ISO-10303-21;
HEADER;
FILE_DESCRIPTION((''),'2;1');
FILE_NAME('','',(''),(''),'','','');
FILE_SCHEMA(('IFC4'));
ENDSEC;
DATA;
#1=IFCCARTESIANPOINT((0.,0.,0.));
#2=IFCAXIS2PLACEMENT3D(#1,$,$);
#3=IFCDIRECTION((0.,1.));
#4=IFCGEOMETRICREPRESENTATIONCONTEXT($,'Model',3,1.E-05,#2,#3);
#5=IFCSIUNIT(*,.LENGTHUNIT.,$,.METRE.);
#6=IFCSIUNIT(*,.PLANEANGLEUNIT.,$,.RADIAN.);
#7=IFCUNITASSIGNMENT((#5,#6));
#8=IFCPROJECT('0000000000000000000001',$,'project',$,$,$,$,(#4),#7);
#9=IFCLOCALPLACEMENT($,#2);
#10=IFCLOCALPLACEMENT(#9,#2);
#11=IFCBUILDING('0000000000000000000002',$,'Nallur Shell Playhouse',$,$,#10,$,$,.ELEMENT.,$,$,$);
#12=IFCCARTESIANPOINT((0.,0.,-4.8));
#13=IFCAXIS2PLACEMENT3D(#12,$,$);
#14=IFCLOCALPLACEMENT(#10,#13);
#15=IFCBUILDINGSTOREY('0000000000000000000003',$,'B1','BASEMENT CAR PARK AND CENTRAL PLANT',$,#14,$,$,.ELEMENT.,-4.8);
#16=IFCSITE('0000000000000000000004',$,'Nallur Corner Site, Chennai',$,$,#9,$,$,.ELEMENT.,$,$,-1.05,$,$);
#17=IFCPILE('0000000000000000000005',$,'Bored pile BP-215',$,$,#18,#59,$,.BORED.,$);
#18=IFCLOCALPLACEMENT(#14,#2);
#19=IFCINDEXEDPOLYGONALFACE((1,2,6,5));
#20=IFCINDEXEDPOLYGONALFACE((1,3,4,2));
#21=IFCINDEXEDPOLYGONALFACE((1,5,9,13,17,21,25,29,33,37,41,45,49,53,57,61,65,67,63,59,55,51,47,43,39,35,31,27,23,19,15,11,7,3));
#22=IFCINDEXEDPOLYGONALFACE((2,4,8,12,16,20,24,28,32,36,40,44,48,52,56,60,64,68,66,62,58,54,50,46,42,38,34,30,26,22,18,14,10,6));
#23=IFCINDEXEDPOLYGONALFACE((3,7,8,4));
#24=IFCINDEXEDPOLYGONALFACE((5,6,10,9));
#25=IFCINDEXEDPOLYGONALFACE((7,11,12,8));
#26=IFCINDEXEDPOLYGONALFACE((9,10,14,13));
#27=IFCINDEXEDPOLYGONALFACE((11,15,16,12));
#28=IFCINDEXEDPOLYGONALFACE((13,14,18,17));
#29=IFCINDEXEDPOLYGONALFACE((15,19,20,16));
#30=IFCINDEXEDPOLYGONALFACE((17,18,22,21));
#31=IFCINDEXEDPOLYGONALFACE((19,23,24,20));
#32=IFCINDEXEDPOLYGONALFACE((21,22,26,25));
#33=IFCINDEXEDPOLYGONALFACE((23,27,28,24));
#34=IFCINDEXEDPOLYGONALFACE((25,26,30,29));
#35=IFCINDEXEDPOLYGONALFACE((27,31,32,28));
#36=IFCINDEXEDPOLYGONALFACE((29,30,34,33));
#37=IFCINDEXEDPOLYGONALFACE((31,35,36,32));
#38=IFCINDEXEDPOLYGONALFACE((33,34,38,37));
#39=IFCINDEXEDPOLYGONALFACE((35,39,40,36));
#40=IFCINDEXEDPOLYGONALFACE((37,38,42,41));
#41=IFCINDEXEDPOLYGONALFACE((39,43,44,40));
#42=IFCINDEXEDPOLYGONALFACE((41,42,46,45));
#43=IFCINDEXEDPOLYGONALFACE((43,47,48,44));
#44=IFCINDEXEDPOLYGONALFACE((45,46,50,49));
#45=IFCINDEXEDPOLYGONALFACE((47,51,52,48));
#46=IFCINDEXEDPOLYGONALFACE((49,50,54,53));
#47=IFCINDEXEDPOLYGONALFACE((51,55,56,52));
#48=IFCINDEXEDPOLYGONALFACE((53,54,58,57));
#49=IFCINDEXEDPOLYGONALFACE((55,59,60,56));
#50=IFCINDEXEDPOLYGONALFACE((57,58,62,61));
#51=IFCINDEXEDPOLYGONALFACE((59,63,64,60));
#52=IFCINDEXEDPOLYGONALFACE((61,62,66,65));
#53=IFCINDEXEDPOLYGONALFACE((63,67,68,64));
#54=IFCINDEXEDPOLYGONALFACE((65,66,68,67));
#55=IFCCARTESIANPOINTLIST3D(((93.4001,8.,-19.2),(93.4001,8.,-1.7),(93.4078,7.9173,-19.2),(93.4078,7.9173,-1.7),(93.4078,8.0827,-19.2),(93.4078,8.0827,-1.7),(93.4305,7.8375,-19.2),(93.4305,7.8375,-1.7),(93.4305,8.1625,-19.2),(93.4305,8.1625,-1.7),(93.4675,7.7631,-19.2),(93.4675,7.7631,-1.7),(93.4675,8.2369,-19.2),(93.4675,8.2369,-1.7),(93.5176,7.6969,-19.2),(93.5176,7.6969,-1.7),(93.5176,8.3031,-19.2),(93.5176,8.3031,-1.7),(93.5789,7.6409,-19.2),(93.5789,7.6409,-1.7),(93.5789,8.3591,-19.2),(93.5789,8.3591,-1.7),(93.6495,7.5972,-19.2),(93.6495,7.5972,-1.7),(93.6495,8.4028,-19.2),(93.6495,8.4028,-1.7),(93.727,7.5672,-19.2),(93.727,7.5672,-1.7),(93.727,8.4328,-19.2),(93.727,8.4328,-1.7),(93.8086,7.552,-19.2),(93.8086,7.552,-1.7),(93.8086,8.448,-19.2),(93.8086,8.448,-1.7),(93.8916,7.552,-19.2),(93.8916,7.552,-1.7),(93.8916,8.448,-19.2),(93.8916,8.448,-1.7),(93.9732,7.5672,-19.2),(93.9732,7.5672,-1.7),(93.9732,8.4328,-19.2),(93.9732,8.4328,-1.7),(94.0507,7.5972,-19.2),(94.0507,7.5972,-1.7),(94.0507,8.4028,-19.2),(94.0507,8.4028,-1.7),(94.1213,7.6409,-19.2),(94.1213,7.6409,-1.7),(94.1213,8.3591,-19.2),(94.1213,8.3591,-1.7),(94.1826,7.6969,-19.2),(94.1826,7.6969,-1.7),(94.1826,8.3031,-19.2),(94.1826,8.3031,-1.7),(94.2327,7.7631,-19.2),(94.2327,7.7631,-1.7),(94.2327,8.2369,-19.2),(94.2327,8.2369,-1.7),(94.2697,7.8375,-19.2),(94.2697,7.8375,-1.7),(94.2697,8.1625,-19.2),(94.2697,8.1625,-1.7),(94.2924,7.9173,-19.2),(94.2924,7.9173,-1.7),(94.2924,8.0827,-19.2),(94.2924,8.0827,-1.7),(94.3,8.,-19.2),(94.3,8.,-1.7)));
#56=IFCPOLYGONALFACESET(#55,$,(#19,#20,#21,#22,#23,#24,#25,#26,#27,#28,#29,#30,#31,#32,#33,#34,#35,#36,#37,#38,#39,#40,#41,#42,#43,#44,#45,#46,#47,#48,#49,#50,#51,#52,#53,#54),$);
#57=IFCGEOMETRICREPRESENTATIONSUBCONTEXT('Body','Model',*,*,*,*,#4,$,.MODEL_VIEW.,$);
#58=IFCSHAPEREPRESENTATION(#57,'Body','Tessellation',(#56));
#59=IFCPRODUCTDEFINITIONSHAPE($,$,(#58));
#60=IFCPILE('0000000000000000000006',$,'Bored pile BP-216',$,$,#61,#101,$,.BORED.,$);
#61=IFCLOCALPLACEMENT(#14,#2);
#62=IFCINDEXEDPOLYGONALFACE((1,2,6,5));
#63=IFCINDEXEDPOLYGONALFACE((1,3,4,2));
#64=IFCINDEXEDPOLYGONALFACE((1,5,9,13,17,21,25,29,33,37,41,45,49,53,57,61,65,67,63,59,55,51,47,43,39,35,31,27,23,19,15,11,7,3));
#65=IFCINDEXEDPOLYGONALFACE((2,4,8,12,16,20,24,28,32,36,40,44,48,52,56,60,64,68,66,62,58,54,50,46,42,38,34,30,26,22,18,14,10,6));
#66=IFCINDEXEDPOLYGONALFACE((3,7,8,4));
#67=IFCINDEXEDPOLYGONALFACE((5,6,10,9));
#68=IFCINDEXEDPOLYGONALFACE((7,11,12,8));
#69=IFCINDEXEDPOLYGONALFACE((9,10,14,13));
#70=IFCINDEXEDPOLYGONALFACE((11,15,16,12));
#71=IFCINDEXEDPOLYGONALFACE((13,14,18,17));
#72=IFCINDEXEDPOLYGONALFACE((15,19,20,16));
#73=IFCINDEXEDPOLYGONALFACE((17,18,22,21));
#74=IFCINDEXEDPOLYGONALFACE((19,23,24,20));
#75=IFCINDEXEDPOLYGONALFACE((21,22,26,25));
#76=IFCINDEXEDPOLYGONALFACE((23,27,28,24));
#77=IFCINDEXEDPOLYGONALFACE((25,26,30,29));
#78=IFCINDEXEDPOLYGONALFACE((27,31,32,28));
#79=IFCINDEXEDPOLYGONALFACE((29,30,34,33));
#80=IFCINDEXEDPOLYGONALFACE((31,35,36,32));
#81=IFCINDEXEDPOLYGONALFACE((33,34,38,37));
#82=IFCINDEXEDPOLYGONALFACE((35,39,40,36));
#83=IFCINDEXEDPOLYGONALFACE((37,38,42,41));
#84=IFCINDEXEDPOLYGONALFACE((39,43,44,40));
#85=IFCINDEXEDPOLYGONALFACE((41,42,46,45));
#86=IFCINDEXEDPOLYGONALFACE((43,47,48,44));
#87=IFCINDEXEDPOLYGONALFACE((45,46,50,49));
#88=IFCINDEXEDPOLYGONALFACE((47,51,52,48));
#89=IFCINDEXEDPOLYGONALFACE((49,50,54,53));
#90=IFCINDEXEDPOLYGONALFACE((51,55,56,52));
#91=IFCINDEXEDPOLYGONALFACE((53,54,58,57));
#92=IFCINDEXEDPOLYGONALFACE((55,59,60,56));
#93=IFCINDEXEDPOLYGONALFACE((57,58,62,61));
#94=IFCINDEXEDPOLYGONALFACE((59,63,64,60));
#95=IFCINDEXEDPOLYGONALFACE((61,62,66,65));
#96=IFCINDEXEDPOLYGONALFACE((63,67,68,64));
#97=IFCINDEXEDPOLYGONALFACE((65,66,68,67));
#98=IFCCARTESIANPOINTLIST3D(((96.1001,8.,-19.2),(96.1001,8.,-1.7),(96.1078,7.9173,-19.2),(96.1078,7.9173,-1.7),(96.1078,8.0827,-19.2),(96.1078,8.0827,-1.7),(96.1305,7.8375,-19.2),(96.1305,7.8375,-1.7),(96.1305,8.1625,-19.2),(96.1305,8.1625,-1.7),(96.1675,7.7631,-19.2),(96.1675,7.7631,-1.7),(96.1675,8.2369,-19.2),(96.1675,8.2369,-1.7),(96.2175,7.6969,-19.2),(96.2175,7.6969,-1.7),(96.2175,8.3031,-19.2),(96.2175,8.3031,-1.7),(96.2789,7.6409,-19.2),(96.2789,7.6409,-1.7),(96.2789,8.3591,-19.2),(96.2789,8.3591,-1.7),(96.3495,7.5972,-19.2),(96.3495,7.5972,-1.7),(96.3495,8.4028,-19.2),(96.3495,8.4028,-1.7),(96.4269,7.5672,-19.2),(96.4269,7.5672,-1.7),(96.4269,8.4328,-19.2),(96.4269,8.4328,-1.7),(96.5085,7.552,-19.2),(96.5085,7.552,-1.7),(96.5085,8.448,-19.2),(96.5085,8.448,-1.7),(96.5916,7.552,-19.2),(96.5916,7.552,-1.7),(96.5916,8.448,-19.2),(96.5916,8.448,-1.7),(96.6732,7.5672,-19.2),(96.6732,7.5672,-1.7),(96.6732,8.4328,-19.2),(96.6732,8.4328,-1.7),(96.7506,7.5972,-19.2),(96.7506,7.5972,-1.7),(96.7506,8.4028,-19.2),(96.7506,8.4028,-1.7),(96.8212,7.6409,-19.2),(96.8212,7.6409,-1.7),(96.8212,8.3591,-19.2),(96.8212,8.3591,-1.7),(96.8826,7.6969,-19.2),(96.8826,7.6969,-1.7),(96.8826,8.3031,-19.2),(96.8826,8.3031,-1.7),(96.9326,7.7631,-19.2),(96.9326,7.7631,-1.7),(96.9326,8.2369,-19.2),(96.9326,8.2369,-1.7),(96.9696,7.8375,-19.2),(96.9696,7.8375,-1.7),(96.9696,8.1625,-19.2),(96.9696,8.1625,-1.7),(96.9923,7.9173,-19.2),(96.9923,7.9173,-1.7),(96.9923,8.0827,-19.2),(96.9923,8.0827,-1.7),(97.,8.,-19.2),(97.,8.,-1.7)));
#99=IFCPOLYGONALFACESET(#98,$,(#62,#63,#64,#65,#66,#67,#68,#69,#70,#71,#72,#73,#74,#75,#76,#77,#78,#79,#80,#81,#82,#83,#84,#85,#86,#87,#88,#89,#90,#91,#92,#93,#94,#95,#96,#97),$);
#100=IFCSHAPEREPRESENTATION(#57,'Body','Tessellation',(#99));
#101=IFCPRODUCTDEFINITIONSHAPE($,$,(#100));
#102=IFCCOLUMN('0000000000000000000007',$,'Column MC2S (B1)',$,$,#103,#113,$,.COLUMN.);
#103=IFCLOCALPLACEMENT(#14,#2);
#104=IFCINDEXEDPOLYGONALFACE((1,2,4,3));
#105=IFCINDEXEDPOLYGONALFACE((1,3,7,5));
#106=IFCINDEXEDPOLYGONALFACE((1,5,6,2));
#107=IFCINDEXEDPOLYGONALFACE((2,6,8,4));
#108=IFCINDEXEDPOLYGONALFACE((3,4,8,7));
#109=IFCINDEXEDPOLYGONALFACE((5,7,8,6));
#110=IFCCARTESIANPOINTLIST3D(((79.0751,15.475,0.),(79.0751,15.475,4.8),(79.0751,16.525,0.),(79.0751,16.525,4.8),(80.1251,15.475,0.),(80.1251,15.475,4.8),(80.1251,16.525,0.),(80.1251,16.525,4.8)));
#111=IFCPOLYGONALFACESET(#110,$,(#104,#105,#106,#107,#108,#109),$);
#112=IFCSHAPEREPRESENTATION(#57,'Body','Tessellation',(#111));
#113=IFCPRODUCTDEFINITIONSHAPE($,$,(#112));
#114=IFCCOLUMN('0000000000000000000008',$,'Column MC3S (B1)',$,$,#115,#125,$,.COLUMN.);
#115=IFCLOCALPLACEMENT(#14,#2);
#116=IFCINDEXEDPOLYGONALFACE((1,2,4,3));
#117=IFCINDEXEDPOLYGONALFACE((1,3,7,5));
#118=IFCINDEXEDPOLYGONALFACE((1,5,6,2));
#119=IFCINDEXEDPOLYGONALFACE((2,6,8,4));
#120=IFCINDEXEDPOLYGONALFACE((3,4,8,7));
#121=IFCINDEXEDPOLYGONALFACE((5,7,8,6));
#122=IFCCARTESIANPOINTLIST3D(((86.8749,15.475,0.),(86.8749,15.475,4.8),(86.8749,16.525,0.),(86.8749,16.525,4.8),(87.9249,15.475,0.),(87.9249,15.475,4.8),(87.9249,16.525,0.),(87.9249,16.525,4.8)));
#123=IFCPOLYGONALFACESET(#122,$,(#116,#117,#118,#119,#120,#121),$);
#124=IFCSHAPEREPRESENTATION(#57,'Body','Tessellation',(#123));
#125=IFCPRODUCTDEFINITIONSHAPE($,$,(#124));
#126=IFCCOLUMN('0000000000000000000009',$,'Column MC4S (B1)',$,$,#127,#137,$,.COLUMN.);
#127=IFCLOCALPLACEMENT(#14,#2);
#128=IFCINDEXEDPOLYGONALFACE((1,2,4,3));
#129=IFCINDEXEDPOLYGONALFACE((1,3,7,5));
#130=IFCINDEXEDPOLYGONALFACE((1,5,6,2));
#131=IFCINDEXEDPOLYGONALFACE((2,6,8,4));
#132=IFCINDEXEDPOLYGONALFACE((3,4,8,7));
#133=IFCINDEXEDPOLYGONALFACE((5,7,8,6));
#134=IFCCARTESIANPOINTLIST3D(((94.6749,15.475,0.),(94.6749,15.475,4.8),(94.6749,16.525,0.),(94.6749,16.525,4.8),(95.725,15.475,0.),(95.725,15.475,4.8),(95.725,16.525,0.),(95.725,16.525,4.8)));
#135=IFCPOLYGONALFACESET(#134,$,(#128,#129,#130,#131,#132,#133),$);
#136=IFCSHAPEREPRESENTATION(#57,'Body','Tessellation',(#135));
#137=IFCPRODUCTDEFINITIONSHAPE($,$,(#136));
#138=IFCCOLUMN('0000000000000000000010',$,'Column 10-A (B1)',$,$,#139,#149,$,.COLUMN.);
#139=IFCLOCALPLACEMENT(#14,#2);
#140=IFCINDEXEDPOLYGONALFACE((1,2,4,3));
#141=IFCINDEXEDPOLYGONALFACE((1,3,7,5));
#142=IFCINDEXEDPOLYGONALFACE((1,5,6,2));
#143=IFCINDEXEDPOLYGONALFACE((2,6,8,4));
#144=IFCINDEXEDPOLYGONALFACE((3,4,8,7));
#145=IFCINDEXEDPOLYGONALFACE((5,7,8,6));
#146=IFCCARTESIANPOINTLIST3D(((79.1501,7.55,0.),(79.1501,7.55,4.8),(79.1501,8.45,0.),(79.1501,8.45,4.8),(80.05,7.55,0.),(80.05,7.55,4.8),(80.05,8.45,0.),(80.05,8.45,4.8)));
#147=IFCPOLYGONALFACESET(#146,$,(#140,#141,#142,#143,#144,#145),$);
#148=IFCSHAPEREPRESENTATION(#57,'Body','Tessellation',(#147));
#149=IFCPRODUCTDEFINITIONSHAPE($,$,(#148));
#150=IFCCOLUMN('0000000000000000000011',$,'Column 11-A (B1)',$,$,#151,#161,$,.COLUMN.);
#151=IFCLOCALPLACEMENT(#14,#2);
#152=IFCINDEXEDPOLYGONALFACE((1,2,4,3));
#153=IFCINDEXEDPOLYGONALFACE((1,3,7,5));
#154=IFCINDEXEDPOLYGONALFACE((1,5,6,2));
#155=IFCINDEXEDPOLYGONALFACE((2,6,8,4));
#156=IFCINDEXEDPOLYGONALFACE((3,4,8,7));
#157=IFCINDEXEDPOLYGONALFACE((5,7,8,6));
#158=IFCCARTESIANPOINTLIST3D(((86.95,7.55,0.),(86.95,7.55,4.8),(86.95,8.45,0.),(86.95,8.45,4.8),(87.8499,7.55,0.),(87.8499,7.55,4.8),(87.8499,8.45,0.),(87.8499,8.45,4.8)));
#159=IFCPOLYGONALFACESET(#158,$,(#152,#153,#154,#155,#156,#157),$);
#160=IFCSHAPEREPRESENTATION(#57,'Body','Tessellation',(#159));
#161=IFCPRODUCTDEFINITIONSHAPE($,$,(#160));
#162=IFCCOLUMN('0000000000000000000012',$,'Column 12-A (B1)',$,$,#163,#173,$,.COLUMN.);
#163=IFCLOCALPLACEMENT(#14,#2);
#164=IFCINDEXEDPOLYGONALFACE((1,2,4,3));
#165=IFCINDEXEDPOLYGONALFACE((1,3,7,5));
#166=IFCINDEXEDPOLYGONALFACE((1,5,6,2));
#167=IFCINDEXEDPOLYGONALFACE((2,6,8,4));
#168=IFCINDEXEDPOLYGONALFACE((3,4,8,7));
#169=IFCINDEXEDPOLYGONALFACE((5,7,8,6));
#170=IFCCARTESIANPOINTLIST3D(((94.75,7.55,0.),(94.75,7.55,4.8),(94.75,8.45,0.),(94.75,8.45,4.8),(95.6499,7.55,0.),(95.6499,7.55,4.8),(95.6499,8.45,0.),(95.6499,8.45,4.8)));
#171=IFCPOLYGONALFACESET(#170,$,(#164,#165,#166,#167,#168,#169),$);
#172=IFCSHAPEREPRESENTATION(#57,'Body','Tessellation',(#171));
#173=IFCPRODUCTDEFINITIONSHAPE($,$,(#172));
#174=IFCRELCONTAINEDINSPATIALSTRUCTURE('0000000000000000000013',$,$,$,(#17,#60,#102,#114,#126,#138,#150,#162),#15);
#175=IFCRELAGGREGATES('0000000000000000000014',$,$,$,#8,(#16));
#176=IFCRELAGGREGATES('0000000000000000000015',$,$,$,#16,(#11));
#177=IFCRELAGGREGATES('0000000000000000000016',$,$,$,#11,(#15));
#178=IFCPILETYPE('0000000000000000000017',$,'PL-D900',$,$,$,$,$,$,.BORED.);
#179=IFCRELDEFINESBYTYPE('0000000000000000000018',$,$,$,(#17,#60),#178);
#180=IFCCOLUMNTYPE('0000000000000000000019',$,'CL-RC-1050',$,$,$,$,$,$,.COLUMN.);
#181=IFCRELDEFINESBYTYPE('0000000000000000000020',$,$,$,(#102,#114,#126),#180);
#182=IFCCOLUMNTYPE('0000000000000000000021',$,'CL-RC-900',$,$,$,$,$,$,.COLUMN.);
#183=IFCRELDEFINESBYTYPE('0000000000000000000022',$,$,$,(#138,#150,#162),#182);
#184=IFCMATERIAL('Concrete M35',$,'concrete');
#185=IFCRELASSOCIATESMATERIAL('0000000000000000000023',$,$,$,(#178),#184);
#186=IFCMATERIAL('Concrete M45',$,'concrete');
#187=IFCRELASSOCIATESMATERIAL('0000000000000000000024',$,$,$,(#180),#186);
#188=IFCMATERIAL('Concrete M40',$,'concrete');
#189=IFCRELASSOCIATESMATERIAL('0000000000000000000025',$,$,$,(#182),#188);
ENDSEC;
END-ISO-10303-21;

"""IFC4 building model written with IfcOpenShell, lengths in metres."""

from ifc_helpers import new_model, si_unit, direction, frame, origin, origin_2d, place, context, subcontext, project, spatial, rectangle, circle, extrude, material, material_profile, profile_set, type_object, element, save


model = new_model("IFC4")

# Units and contexts
model_context = context("Model", 3, precision=1e-05, world=origin(), true_north=direction((0.0, 1.0)))
body_context = subcontext(model_context, "Body", "Model", "MODEL_VIEW")
ifc_project = project(units=[si_unit("LENGTHUNIT", "METRE"), si_unit("PLANEANGLEUNIT", "RADIAN")], contexts=[model_context])

# Site, building, storey
site_placement = place(None, origin())
site = spatial("IfcSite", under=ifc_project, at=site_placement, Name="Nallur Corner Site, Chennai", CompositionType="ELEMENT", RefElevation=-1.05)
building_placement = place(site_placement, origin())
building = spatial("IfcBuilding", under=site, at=building_placement, Name="Nallur Shell Playhouse", CompositionType="ELEMENT")
storey_placement = place(building_placement, frame((0.0, 0.0, -4.8)))
storey = spatial("IfcBuildingStorey", under=building, at=storey_placement, Name="B1", Description="BASEMENT CAR PARK AND CENTRAL PLANT", CompositionType="ELEMENT", Elevation=-4.8)

# Shared definitions
ifc_material_1 = material(Name="Concrete M35", Category="concrete")

# Piles
ifc_material_profile_1 = material_profile(ifc_material_1, circle(Radius=0.45, at=origin_2d()), Name="BORED PILE D900")
ifc_profile_set_1 = profile_set([ifc_material_profile_1], Name="Concrete M35")
pile_type_1 = type_object("IfcPileType", Name="PL-D900", PredefinedType="BORED", material=ifc_profile_set_1)
for number, where, z_axis, x_axis, name in (
    (1, (93.8501, 8.0, -1.7), (0.0, 0.0, -1.0), (1.0, 0.0, 0.0), "Bored pile BP-215"),
    (2, (96.55, 8.0, -1.7), (0.0, 0.0, -1.0), (1.0, 0.0, 0.0), "Bored pile BP-216"),
):
    element("IfcPile", number, at=place(storey_placement, frame(where, z_axis=z_axis, x_axis=x_axis)), inside=storey, type_object=pile_type_1, Name=name, PredefinedType="BORED", context=body_context, shape_type="SweptSolid", body=[
        extrude(circle(Radius=0.45, at=origin_2d()), origin(), (0.0, 0.0, 1.0), 17.5),
    ])

# Columns
ifc_material_2 = material(Name="Concrete M45", Category="concrete")
ifc_material_profile_2 = material_profile(ifc_material_2, rectangle(XDim=1.05, YDim=1.05, at=origin_2d()), Name="RC 1050x1050")
ifc_profile_set_2 = profile_set([ifc_material_profile_2], Name="Concrete M45")
column_type_1 = type_object("IfcColumnType", Name="CL-RC-1050", PredefinedType="COLUMN", material=ifc_profile_set_2)
for number, where, z_axis, x_axis, name in (
    (3, (79.6001, 16.0, 0.0), (0.0, 0.0, 1.0), (1.0, 0.0, 0.0), "Column MC2S (B1)"),
    (4, (87.3999, 16.0, 0.0), (0.0, 0.0, 1.0), (1.0, 0.0, 0.0), "Column MC3S (B1)"),
    (5, (95.2, 16.0, 0.0), (0.0, 0.0, 1.0), (1.0, 0.0, 0.0), "Column MC4S (B1)"),
):
    element("IfcColumn", number, at=place(storey_placement, frame(where, z_axis=z_axis, x_axis=x_axis)), inside=storey, type_object=column_type_1, Name=name, PredefinedType="COLUMN", context=body_context, shape_type="SweptSolid", body=[
        extrude(rectangle(XDim=1.05, YDim=1.05, at=origin_2d()), origin(), (0.0, 0.0, 1.0), 4.8),
    ])
ifc_material_3 = material(Name="Concrete M40", Category="concrete")
ifc_material_profile_3 = material_profile(ifc_material_3, rectangle(XDim=0.8999, YDim=0.8999, at=origin_2d()), Name="RC 900x900")
ifc_profile_set_3 = profile_set([ifc_material_profile_3], Name="Concrete M40")
column_type_2 = type_object("IfcColumnType", Name="CL-RC-900", PredefinedType="COLUMN", material=ifc_profile_set_3)
for number, where, z_axis, x_axis, name in (
    (6, (79.6001, 8.0, 0.0), (0.0, 0.0, 1.0), (1.0, 0.0, 0.0), "Column 10-A (B1)"),
    (7, (87.3999, 8.0, 0.0), (0.0, 0.0, 1.0), (1.0, 0.0, 0.0), "Column 11-A (B1)"),
    (8, (95.2, 8.0, 0.0), (0.0, 0.0, 1.0), (1.0, 0.0, 0.0), "Column 12-A (B1)"),
):
    element("IfcColumn", number, at=place(storey_placement, frame(where, z_axis=z_axis, x_axis=x_axis)), inside=storey, type_object=column_type_2, Name=name, PredefinedType="COLUMN", context=body_context, shape_type="SweptSolid", body=[
        extrude(rectangle(XDim=0.8999, YDim=0.8999, at=origin_2d()), origin(), (0.0, 0.0, 1.0), 4.8),
    ])

save(model, "model.ifc")
